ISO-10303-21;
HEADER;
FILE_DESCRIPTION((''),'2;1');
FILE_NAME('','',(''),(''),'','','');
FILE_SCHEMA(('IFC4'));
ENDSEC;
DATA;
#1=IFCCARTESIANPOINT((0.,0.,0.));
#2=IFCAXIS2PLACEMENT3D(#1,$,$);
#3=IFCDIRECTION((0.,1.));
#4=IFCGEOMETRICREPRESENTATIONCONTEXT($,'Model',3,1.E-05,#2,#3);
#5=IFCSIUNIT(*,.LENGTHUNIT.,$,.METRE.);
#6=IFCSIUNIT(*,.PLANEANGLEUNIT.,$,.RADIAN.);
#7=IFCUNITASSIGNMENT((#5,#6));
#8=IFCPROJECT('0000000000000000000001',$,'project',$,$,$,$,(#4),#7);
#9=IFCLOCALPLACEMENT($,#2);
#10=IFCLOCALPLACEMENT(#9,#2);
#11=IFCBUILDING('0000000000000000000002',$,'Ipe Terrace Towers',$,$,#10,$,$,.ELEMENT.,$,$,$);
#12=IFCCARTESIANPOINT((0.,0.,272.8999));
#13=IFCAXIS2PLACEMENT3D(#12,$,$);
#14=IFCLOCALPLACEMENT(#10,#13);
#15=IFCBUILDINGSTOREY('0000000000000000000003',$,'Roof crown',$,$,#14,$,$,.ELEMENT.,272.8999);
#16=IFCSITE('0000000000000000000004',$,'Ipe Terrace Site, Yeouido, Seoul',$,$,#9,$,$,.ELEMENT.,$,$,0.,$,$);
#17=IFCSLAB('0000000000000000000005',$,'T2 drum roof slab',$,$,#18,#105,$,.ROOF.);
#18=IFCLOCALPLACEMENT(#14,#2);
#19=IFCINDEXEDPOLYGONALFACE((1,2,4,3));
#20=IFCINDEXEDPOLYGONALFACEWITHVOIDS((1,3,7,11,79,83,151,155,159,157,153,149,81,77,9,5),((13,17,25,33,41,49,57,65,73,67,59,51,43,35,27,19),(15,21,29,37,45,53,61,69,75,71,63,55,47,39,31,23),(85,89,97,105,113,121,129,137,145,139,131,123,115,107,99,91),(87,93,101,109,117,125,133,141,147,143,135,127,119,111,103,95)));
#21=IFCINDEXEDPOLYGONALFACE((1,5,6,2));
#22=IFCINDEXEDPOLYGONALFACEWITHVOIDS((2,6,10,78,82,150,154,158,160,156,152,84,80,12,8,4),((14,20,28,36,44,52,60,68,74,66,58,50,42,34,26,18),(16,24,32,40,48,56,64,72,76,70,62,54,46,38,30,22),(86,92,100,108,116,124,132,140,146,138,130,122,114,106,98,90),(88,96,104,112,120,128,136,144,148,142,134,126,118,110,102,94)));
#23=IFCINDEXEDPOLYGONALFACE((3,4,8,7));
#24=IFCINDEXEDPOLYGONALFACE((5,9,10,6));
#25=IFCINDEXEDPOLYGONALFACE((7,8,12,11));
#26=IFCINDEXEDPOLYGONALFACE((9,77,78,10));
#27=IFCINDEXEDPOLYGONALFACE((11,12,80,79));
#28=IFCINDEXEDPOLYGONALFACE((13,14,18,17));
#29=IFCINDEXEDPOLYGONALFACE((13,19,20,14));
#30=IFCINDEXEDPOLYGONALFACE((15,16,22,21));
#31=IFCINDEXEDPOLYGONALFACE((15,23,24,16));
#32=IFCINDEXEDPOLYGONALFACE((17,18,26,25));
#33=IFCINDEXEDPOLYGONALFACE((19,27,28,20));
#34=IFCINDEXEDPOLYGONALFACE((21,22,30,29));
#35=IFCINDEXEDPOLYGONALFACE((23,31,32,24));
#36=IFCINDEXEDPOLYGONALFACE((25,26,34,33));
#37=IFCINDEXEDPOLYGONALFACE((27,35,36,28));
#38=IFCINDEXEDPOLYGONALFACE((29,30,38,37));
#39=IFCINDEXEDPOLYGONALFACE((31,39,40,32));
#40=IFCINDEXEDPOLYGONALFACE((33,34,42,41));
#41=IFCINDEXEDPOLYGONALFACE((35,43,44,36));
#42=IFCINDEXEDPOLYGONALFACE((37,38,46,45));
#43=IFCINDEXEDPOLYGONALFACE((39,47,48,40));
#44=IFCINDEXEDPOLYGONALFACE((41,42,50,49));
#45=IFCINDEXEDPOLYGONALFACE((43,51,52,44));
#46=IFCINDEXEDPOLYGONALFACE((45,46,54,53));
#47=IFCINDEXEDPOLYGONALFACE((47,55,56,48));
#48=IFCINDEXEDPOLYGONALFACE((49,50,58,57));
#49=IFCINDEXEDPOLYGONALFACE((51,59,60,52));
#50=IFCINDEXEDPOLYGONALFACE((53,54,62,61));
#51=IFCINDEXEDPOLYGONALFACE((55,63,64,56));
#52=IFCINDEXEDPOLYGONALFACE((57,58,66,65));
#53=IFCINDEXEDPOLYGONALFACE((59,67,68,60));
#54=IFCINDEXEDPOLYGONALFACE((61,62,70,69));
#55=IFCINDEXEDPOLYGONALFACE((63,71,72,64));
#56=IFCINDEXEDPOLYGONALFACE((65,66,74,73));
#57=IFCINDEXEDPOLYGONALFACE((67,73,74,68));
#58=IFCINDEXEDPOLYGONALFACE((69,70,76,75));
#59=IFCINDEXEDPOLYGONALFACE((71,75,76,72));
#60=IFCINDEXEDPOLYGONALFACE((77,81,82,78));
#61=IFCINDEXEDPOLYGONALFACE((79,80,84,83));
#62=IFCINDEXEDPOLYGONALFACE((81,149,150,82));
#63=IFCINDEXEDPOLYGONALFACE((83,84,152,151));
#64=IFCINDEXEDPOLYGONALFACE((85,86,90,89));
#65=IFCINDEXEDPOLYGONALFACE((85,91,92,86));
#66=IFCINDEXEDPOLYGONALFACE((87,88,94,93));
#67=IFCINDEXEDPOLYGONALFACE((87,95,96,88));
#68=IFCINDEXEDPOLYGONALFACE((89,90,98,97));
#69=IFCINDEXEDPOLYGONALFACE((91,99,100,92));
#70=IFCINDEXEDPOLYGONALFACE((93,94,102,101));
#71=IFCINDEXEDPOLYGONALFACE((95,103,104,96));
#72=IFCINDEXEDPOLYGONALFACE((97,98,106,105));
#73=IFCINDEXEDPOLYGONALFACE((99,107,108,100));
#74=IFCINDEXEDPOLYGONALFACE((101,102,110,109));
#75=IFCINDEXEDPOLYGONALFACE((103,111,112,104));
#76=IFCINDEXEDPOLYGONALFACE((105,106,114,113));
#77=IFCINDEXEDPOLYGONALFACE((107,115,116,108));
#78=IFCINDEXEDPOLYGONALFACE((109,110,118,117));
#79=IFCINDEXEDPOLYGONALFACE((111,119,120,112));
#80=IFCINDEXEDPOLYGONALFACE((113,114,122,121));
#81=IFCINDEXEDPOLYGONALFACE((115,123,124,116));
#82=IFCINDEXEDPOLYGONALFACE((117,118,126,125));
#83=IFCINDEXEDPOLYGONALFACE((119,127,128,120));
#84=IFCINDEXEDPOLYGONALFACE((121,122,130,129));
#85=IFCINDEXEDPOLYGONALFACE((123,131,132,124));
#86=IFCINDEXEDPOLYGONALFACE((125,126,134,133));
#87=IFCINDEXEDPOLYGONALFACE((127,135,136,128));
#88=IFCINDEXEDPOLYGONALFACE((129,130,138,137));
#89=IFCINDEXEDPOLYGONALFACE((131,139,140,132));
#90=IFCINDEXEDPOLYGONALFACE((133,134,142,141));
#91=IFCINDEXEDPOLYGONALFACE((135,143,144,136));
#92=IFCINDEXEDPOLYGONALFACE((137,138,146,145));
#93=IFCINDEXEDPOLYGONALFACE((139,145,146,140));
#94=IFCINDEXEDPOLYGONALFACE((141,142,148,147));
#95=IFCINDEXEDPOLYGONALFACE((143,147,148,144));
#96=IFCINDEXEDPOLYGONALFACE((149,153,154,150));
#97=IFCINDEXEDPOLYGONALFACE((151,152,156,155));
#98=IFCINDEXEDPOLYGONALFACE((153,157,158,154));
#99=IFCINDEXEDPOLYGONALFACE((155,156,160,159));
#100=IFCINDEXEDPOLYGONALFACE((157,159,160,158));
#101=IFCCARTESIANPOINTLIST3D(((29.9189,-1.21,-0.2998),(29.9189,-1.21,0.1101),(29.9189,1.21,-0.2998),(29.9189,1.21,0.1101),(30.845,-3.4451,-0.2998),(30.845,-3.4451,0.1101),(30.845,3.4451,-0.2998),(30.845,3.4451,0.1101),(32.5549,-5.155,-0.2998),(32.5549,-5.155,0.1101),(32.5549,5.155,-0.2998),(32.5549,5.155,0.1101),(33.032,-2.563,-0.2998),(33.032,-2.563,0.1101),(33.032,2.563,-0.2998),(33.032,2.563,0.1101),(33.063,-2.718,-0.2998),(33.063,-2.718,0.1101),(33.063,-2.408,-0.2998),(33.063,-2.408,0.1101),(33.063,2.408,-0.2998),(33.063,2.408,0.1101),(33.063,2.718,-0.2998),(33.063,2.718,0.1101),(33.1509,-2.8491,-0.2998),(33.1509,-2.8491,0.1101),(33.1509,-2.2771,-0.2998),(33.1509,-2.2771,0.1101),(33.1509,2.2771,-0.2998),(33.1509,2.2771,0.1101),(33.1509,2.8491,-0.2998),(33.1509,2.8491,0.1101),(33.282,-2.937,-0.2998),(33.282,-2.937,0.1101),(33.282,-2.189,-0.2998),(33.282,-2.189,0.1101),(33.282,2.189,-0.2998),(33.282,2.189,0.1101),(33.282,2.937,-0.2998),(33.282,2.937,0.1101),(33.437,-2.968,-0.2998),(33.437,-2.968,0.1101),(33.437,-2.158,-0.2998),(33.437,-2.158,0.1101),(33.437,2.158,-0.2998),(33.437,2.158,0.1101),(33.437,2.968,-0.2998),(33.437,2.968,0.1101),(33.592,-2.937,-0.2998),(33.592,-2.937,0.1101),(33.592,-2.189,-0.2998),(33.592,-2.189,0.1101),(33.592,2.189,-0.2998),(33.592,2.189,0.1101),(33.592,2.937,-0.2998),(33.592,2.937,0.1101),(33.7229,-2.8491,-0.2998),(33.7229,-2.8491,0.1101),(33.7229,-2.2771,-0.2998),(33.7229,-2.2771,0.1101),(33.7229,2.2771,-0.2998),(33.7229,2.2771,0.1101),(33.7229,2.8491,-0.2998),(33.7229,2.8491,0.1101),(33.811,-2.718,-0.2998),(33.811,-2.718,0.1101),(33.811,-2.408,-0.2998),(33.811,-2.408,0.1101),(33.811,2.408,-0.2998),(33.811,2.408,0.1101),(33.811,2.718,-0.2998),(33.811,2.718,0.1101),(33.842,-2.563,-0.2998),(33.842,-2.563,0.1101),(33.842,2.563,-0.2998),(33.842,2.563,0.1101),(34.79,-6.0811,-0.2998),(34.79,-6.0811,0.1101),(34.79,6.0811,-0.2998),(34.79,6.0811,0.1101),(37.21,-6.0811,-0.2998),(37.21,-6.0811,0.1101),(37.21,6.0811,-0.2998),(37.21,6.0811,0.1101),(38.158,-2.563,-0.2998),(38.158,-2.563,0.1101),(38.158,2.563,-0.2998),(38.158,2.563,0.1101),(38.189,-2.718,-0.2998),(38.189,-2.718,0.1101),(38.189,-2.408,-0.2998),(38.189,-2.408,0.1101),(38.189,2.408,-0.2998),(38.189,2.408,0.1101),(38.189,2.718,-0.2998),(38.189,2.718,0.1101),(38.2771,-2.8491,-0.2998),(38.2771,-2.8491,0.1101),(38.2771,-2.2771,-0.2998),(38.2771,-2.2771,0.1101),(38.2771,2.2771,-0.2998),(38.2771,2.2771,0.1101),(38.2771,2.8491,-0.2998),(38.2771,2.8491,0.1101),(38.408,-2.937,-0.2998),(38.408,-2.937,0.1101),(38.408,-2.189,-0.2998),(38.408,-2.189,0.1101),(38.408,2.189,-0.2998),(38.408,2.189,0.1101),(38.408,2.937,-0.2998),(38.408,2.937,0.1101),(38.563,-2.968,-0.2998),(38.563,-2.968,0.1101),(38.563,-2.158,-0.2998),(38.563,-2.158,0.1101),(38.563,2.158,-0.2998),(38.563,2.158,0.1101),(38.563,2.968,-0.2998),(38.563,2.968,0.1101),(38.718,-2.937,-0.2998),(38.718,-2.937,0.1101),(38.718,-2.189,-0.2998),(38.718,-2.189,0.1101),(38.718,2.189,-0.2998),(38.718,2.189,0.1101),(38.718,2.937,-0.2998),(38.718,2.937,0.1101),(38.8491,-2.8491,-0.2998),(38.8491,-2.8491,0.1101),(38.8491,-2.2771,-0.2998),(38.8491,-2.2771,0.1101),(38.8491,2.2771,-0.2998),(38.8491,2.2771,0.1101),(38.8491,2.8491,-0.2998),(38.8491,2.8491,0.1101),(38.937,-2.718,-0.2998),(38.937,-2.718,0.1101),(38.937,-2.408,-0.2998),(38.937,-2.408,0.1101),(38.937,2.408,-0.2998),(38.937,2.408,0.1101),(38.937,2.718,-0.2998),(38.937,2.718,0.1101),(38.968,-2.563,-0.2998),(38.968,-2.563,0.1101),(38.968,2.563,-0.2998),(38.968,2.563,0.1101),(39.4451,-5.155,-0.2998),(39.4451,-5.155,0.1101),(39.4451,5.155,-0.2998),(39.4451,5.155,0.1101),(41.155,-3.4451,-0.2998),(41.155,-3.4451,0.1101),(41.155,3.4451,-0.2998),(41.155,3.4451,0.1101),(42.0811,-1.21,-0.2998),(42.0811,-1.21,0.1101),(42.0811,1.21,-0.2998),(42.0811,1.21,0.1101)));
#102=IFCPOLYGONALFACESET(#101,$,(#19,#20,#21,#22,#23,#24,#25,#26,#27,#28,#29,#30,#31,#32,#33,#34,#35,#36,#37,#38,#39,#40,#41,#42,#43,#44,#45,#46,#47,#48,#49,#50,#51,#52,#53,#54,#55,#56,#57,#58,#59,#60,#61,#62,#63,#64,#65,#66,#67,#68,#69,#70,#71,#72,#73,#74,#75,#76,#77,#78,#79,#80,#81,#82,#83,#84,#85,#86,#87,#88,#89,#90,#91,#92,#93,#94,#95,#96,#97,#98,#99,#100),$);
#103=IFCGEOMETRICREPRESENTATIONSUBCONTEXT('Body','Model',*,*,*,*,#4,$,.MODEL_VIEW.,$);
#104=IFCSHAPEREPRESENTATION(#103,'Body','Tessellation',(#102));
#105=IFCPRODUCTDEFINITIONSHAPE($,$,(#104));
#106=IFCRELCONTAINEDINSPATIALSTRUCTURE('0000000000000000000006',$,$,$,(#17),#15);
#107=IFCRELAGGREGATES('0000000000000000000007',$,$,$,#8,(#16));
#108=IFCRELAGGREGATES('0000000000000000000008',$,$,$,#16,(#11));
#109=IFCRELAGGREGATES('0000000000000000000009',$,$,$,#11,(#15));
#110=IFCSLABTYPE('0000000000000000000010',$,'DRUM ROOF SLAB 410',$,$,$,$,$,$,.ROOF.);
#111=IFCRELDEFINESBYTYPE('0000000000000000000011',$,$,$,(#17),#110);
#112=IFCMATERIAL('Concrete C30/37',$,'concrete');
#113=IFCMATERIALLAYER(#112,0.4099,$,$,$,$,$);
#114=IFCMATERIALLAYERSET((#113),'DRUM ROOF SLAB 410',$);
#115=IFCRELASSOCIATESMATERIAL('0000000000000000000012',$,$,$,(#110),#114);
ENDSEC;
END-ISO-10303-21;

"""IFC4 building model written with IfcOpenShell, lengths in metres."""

from ifc_helpers import new_model, si_unit, direction, frame, origin, place, context, subcontext, project, spatial, polyline, outline, extrude, material, layer, layer_set, type_object, element, save


model = new_model("IFC4")

# Units and contexts
model_context = context("Model", 3, precision=1e-05, world=origin(), true_north=direction((0.0, 1.0)))
body_context = subcontext(model_context, "Body", "Model", "MODEL_VIEW")
ifc_project = project(units=[si_unit("LENGTHUNIT", "METRE"), si_unit("PLANEANGLEUNIT", "RADIAN")], contexts=[model_context])

# Site, building, storey
site_placement = place(None, origin())
site = spatial("IfcSite", under=ifc_project, at=site_placement, Name="Ipe Terrace Site, Yeouido, Seoul", CompositionType="ELEMENT", RefElevation=0.0)
building_placement = place(site_placement, origin())
building = spatial("IfcBuilding", under=site, at=building_placement, Name="Ipe Terrace Towers", CompositionType="ELEMENT")
storey_placement = place(building_placement, frame((0.0, 0.0, 272.8999)))
storey = spatial("IfcBuildingStorey", under=building, at=storey_placement, Name="Roof crown", CompositionType="ELEMENT", Elevation=272.8999)

# Slab
ifc_material_1 = material(Name="Concrete C30/37", Category="concrete")
ifc_layer_1 = layer(ifc_material_1, 0.4099)
ifc_layer_set_1 = layer_set([ifc_layer_1], Name="DRUM ROOF SLAB 410")
slab_type_1 = type_object("IfcSlabType", Name="DRUM ROOF SLAB 410", PredefinedType="ROOF", material=ifc_layer_set_1)
slab_1_placement = place(storey_placement, frame((0.0, 0.0, -0.2998)))
element("IfcSlab", 1, at=slab_1_placement, inside=storey, type_object=slab_type_1, Name="T2 drum roof slab", PredefinedType="ROOF", context=body_context, shape_type="SweptSolid", body=[
    extrude(outline(polyline([(42.0811, 1.21), (41.155, 3.4451), (39.4451, 5.155), (37.21, 6.0811), (34.79, 6.0811), (32.5549, 5.155), (30.845, 3.4451), (29.9189, 1.21), (29.9189, -1.21), (30.845, -3.4451), (32.5549, -5.155), (34.79, -6.0811), (37.21, -6.0811), (39.4451, -5.155), (41.155, -3.4451), (42.0811, -1.21), (42.0811, 1.21)]), holes=[polyline([(38.968, -2.563), (38.937, -2.408), (38.8491, -2.2771), (38.718, -2.189), (38.563, -2.158), (38.408, -2.189), (38.2771, -2.2771), (38.189, -2.408), (38.158, -2.563), (38.189, -2.718), (38.2771, -2.8491), (38.408, -2.937), (38.563, -2.968), (38.718, -2.937), (38.8491, -2.8491), (38.937, -2.718), (38.968, -2.563)]), polyline([(33.842, -2.563), (33.811, -2.408), (33.7229, -2.2771), (33.592, -2.189), (33.437, -2.158), (33.282, -2.189), (33.1509, -2.2771), (33.063, -2.408), (33.032, -2.563), (33.063, -2.718), (33.1509, -2.8491), (33.282, -2.937), (33.437, -2.968), (33.592, -2.937), (33.7229, -2.8491), (33.811, -2.718), (33.842, -2.563)]), polyline([(38.968, 2.563), (38.937, 2.718), (38.8491, 2.8491), (38.718, 2.937), (38.563, 2.968), (38.408, 2.937), (38.2771, 2.8491), (38.189, 2.718), (38.158, 2.563), (38.189, 2.408), (38.2771, 2.2771), (38.408, 2.189), (38.563, 2.158), (38.718, 2.189), (38.8491, 2.2771), (38.937, 2.408), (38.968, 2.563)]), polyline([(33.842, 2.563), (33.811, 2.718), (33.7229, 2.8491), (33.592, 2.937), (33.437, 2.968), (33.282, 2.937), (33.1509, 2.8491), (33.063, 2.718), (33.032, 2.563), (33.063, 2.408), (33.1509, 2.2771), (33.282, 2.189), (33.437, 2.158), (33.592, 2.189), (33.7229, 2.2771), (33.811, 2.408), (33.842, 2.563)])]), origin(), (0.0, 0.0, 1.0), 0.4099),
])

save(model, "model.ifc")
